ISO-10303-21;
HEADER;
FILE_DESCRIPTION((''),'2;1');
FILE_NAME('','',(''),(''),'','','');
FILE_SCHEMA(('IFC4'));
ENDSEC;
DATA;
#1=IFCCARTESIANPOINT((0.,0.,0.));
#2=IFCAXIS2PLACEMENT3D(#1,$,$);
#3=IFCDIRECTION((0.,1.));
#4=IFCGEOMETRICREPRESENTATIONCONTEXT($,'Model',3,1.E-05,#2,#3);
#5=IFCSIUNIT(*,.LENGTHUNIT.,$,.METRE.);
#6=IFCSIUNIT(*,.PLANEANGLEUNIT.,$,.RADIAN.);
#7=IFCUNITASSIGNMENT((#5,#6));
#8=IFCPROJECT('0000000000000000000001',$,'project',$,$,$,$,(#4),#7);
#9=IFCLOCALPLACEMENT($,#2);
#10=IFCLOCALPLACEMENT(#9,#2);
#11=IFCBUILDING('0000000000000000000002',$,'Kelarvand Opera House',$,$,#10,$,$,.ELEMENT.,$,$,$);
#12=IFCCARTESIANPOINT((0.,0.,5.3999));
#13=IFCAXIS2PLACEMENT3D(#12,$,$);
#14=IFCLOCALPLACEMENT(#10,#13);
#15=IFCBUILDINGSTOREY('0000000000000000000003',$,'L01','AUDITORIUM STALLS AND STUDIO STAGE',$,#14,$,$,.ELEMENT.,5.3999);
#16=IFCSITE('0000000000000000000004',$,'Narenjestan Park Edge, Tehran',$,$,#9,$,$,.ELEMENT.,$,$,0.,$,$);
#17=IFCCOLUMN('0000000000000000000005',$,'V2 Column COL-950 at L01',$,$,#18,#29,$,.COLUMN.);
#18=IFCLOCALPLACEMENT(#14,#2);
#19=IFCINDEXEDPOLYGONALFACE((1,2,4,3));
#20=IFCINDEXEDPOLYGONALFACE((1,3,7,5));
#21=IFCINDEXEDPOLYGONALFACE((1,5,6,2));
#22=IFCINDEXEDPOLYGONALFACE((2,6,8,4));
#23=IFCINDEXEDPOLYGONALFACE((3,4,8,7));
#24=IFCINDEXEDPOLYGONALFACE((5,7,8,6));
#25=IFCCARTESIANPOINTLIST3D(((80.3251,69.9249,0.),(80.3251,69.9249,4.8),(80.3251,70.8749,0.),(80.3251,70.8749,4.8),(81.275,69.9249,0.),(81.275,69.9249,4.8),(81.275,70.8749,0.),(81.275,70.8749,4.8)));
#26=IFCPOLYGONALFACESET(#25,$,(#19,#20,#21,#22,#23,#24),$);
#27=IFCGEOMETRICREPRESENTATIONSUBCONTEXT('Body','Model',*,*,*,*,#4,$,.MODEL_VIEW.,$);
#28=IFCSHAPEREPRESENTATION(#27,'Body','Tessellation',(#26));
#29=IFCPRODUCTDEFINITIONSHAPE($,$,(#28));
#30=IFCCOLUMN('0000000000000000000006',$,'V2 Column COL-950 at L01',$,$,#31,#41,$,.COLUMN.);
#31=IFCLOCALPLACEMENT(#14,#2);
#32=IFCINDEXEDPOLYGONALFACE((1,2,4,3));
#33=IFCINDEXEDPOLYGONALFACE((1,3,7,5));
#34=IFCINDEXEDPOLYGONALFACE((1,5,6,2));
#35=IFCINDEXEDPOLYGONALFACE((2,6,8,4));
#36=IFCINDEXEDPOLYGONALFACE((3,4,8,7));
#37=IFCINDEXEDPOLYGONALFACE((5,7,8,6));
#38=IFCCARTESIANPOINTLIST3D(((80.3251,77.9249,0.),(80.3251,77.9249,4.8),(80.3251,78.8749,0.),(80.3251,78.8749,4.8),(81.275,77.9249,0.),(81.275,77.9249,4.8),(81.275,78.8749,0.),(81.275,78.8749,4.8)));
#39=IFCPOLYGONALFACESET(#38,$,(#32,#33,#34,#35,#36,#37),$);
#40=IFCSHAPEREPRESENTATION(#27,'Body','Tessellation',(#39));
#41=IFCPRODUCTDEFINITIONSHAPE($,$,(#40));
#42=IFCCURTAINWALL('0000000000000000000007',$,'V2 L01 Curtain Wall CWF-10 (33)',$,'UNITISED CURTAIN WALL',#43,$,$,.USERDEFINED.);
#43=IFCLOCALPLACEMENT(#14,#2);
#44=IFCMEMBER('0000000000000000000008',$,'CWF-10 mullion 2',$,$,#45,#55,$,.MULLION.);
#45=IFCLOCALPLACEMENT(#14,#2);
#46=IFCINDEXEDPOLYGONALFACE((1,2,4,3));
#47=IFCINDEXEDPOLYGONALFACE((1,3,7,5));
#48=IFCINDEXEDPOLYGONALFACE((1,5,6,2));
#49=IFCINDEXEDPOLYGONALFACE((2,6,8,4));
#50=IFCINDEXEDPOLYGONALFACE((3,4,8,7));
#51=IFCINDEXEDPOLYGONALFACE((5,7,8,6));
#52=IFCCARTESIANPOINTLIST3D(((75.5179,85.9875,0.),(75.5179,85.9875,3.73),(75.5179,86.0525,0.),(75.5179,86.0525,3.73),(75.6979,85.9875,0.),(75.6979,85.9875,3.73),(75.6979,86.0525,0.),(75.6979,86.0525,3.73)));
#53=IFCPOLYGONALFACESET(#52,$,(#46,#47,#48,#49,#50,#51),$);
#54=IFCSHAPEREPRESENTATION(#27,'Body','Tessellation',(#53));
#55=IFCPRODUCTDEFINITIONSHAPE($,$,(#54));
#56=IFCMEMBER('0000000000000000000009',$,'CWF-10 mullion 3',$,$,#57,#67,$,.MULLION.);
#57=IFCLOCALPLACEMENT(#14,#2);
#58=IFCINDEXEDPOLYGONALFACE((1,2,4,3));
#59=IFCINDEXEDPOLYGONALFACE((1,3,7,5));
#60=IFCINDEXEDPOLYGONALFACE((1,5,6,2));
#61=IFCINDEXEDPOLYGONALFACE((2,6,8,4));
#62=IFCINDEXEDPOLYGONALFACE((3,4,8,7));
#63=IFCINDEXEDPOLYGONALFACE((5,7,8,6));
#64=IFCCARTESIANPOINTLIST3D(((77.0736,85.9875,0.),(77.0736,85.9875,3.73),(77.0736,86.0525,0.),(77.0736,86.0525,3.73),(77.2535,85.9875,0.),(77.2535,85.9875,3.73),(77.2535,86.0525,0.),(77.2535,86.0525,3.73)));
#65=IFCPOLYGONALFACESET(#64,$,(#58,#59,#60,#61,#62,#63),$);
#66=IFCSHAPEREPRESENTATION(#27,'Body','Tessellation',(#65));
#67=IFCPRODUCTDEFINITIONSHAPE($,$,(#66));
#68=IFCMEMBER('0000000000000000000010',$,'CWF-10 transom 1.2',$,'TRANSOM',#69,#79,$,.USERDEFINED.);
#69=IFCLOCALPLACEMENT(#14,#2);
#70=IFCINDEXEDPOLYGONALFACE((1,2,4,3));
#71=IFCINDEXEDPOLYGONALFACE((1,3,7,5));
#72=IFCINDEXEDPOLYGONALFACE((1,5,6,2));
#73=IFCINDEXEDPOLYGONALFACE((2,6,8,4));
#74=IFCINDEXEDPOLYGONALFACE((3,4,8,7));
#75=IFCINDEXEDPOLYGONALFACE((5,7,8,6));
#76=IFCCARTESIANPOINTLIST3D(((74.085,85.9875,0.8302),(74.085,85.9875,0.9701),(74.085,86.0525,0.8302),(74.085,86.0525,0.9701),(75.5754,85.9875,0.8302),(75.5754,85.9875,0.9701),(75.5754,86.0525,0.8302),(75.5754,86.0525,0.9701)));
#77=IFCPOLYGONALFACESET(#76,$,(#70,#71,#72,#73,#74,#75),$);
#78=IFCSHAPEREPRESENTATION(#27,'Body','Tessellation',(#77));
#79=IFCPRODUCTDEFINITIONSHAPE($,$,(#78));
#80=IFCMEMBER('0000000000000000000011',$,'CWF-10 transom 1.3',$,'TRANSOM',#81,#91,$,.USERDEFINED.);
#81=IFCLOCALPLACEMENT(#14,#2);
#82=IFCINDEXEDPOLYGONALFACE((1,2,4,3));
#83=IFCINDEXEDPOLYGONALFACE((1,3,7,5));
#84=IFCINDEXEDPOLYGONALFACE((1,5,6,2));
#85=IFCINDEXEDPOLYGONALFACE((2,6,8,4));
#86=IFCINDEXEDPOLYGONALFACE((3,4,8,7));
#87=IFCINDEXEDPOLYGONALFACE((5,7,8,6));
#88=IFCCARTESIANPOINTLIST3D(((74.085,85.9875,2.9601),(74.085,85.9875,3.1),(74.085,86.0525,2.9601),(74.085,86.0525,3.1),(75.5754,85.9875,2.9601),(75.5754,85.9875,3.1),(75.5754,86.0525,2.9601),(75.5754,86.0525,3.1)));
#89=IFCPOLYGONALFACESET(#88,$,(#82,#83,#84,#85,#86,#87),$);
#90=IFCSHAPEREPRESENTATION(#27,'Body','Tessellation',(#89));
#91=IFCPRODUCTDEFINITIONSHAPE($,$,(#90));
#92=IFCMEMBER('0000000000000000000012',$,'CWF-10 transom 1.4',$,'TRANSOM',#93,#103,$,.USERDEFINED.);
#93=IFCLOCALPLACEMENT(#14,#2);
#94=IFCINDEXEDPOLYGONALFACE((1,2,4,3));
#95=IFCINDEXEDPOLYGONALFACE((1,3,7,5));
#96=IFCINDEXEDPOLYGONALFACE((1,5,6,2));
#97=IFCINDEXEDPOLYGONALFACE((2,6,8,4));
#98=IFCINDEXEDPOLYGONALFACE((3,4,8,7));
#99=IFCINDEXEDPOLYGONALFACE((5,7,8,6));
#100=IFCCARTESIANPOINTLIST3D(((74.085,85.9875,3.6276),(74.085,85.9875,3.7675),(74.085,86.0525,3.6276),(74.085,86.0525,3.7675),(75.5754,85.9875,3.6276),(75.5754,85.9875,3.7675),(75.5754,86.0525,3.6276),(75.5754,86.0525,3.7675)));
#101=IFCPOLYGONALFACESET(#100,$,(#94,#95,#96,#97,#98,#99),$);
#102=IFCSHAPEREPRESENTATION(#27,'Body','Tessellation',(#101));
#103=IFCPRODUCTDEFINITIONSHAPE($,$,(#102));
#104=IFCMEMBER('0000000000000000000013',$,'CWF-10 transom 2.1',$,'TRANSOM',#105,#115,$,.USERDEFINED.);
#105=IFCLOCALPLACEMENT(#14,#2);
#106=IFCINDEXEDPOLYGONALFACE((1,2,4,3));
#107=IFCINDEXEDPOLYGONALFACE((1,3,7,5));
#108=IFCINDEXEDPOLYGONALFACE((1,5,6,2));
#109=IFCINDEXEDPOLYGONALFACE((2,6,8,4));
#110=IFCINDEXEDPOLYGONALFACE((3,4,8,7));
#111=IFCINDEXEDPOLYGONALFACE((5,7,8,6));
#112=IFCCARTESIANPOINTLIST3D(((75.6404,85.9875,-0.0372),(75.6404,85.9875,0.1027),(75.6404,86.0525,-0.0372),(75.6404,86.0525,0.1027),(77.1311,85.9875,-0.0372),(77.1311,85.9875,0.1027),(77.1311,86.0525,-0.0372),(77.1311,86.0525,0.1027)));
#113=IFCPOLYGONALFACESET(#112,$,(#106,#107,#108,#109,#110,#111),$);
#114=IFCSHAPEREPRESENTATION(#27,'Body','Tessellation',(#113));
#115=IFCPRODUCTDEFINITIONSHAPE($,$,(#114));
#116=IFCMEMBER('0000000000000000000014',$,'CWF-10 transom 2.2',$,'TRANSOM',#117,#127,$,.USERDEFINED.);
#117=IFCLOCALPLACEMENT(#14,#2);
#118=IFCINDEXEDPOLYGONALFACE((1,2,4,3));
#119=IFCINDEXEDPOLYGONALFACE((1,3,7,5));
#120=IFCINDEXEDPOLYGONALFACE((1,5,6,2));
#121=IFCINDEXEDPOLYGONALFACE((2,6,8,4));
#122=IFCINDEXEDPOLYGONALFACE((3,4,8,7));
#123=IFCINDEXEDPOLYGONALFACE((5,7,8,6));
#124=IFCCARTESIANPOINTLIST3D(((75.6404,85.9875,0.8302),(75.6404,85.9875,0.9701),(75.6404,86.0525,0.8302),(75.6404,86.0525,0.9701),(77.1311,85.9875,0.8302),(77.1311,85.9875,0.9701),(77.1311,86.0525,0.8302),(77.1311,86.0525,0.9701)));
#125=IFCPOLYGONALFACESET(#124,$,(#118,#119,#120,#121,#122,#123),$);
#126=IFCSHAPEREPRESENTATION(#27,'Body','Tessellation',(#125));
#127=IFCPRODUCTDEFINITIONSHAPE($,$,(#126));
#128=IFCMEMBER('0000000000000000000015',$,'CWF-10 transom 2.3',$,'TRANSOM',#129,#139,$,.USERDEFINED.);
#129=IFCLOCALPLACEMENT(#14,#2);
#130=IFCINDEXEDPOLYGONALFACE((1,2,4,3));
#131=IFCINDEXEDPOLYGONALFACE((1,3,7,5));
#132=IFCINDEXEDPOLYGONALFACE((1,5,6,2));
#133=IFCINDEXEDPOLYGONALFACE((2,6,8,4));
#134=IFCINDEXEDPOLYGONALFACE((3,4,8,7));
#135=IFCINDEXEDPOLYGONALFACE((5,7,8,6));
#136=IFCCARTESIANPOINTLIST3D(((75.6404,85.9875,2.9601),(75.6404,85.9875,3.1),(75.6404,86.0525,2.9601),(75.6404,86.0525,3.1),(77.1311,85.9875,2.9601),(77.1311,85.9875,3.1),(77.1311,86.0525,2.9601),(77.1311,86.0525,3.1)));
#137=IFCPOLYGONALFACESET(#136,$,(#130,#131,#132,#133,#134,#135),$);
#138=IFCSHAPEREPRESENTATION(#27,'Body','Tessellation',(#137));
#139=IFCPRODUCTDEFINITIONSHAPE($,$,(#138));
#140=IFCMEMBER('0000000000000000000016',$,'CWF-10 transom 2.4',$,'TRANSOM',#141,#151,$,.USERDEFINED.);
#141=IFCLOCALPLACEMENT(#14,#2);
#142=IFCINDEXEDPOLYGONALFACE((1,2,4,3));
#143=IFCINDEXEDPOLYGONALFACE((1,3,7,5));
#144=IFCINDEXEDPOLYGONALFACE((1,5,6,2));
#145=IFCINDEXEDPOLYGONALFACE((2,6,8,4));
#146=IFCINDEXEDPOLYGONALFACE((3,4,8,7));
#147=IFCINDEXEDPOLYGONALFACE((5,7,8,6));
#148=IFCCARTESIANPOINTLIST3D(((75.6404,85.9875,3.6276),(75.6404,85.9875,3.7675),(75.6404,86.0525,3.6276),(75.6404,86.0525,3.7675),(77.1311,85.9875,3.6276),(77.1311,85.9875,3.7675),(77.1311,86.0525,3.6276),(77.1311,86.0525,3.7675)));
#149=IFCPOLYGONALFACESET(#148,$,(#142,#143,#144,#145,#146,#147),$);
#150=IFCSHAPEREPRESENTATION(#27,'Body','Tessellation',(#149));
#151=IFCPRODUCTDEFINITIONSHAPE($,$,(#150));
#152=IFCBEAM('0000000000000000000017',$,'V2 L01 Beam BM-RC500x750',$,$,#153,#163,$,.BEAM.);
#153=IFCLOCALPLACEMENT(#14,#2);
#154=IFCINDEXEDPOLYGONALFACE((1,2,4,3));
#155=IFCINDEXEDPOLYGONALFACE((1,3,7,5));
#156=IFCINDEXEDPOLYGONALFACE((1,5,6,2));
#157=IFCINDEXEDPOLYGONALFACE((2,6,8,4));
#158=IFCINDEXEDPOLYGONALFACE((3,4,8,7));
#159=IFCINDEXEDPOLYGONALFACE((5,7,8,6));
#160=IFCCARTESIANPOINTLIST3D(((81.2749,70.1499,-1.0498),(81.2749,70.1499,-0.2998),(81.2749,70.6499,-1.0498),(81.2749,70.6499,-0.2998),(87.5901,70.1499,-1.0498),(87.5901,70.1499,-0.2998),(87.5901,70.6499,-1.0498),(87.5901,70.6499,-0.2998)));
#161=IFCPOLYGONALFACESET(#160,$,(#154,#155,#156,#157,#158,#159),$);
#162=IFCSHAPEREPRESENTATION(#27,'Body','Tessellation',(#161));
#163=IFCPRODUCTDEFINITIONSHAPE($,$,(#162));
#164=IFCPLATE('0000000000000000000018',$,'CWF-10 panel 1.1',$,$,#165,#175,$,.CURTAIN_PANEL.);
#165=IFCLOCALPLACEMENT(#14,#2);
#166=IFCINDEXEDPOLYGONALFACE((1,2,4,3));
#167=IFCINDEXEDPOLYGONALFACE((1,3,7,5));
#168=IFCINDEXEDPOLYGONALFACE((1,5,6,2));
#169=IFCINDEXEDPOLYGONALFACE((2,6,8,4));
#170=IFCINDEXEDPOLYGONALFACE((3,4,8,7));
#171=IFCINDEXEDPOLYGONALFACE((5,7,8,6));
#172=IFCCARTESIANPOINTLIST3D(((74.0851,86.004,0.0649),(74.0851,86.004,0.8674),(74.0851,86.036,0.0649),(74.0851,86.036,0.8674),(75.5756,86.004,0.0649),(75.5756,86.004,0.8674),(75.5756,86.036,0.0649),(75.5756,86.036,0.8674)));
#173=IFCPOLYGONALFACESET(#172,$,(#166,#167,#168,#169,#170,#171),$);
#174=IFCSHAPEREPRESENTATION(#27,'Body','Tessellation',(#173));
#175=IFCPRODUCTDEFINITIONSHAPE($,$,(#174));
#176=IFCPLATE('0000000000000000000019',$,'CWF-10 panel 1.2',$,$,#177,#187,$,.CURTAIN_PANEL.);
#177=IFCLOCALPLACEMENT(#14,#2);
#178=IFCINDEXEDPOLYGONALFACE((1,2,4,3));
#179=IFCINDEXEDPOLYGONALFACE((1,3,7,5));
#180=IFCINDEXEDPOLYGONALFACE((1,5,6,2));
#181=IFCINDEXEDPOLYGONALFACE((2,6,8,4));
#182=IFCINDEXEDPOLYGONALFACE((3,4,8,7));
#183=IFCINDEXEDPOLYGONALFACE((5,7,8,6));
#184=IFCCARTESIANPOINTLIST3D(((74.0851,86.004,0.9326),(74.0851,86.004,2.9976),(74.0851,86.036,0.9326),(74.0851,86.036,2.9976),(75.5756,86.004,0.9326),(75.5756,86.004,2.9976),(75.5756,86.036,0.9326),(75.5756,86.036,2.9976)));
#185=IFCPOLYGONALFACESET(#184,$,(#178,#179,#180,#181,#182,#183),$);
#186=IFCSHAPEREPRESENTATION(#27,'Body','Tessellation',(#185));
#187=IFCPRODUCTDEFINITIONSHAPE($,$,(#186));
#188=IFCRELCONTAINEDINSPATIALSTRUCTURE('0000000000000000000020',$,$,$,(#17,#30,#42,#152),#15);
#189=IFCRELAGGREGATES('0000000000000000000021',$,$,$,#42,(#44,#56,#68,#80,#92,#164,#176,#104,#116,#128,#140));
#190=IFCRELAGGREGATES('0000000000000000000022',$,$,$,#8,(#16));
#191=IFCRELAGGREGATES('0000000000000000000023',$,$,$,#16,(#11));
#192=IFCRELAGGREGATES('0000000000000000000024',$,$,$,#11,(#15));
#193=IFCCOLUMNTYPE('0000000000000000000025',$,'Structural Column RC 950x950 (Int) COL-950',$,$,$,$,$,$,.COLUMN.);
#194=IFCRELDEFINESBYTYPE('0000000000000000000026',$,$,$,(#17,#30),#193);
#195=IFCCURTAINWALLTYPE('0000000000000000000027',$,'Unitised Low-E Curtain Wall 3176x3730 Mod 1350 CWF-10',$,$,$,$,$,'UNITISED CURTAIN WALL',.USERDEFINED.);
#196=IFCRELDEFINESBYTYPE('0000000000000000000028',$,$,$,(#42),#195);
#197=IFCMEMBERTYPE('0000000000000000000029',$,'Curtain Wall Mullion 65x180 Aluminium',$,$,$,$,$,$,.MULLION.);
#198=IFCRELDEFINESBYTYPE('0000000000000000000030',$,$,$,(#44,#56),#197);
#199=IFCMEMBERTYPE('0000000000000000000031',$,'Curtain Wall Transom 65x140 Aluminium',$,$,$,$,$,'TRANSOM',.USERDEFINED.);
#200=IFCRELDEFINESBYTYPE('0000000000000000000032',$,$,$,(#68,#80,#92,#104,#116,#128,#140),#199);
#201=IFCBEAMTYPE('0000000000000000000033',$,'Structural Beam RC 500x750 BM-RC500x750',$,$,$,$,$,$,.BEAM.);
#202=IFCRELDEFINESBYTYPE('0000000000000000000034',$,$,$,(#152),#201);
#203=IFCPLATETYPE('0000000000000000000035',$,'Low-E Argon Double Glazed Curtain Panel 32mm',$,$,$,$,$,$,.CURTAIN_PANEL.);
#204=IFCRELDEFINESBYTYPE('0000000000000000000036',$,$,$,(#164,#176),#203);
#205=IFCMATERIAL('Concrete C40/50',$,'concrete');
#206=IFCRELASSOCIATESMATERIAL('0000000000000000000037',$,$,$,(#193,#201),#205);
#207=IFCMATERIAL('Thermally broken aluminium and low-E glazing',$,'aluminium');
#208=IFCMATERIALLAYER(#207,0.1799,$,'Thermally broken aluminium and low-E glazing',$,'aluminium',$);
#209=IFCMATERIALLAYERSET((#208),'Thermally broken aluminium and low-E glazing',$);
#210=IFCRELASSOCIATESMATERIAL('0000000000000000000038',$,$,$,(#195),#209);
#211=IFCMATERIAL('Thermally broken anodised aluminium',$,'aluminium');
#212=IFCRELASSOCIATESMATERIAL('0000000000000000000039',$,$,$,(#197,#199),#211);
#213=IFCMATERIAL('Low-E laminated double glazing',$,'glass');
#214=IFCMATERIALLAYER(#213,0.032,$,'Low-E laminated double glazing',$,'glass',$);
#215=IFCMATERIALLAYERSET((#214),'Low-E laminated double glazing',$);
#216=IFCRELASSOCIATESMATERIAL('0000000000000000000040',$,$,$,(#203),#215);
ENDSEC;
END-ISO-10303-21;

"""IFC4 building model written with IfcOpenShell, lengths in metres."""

from ifc_helpers import new_model, si_unit, direction, frame, origin, origin_2d, place, context, subcontext, project, spatial, rectangle, extrude, material, layer, layer_set, material_profile, profile_set, type_object, element, aggregate, save


model = new_model("IFC4")

# Units and contexts
model_context = context("Model", 3, precision=1e-05, world=origin(), true_north=direction((0.0, 1.0)))
body_context = subcontext(model_context, "Body", "Model", "MODEL_VIEW")
ifc_project = project(units=[si_unit("LENGTHUNIT", "METRE"), si_unit("PLANEANGLEUNIT", "RADIAN")], contexts=[model_context])

# Site, building, storey
site_placement = place(None, origin())
site = spatial("IfcSite", under=ifc_project, at=site_placement, Name="Narenjestan Park Edge, Tehran", CompositionType="ELEMENT", RefElevation=0.0)
building_placement = place(site_placement, origin())
building = spatial("IfcBuilding", under=site, at=building_placement, Name="Kelarvand Opera House", CompositionType="ELEMENT")
storey_placement = place(building_placement, frame((0.0, 0.0, 5.3999)))
storey = spatial("IfcBuildingStorey", under=building, at=storey_placement, Name="L01", Description="AUDITORIUM STALLS AND STUDIO STAGE", CompositionType="ELEMENT", Elevation=5.3999)

# Columns
ifc_material_1 = material(Name="Concrete C40/50", Category="concrete")
ifc_material_profile_1 = material_profile(ifc_material_1, rectangle(XDim=0.95, YDim=0.95, at=origin_2d()), Name="RC 950x950", Category="concrete")
ifc_profile_set_1 = profile_set([ifc_material_profile_1], Name="Concrete C40/50")
column_type = type_object("IfcColumnType", Name="Structural Column RC 950x950 (Int) COL-950", PredefinedType="COLUMN", material=ifc_profile_set_1)
for number, where, z_axis, x_axis, name in (
    (1, (80.8, 70.3999, 0.0), (0.0, 0.0, 1.0), (1.0, 0.0, 0.0), "V2 Column COL-950 at L01"),
    (2, (80.8, 78.3999, 0.0), (0.0, 0.0, 1.0), (1.0, 0.0, 0.0), "V2 Column COL-950 at L01"),
):
    element("IfcColumn", number, at=place(storey_placement, frame(where, z_axis=z_axis, x_axis=x_axis)), inside=storey, type_object=column_type, Name=name, PredefinedType="COLUMN", context=body_context, shape_type="SweptSolid", body=[
        extrude(rectangle(XDim=0.95, YDim=0.95, at=origin_2d()), origin(), (0.0, 0.0, 1.0), 4.8),
    ])

# Curtain wall, members
ifc_material_2 = material(Name="Thermally broken aluminium and low-E glazing", Category="aluminium")
ifc_layer_1 = layer(ifc_material_2, 0.1799, Name="Thermally broken aluminium and low-E glazing", Category="aluminium")
ifc_layer_set_1 = layer_set([ifc_layer_1], Name="Thermally broken aluminium and low-E glazing")
curtain_wall_type = type_object("IfcCurtainWallType", Name="Unitised Low-E Curtain Wall 3176x3730 Mod 1350 CWF-10", ElementType="UNITISED CURTAIN WALL", PredefinedType="USERDEFINED", material=ifc_layer_set_1)
curtain_wall_placement = place(storey_placement, origin())
curtain_wall = element("IfcCurtainWall", 3, at=curtain_wall_placement, inside=storey, type_object=curtain_wall_type, Name="V2 L01 Curtain Wall CWF-10 (33)", ObjectType="UNITISED CURTAIN WALL", PredefinedType="USERDEFINED")
ifc_material_3 = material(Name="Thermally broken anodised aluminium", Category="aluminium")
ifc_material_profile_2 = material_profile(ifc_material_3, rectangle(XDim=0.0649, YDim=0.1799, at=origin_2d()), Name="ALU MULLION 65x180", Category="aluminium")
ifc_profile_set_2 = profile_set([ifc_material_profile_2], Name="Thermally broken anodised aluminium")
member_type_1 = type_object("IfcMemberType", Name="Curtain Wall Mullion 65x180 Aluminium", PredefinedType="MULLION", material=ifc_profile_set_2)
member_1_placement = place(storey_placement, frame((75.6079, 86.02, 0.0), z_axis=(0.0, 0.0, 1.0), x_axis=(0.0, 1.0, 0.0)))
member_1 = element("IfcMember", 4, at=member_1_placement, type_object=member_type_1, Name="CWF-10 mullion 2", PredefinedType="MULLION", context=body_context, shape_type="SweptSolid", body=[
    extrude(rectangle(XDim=0.0649, YDim=0.1799, at=origin_2d()), origin(), (0.0, 0.0, 1.0), 3.73),
])
member_2_placement = place(storey_placement, frame((77.1636, 86.02, 0.0), z_axis=(0.0, 0.0, 1.0), x_axis=(0.0, 1.0, 0.0)))
member_2 = element("IfcMember", 5, at=member_2_placement, type_object=member_type_1, Name="CWF-10 mullion 3", PredefinedType="MULLION", context=body_context, shape_type="SweptSolid", body=[
    extrude(rectangle(XDim=0.0649, YDim=0.1799, at=origin_2d()), origin(), (0.0, 0.0, 1.0), 3.73),
])
ifc_material_profile_3 = material_profile(ifc_material_3, rectangle(XDim=0.0649, YDim=0.1399, at=origin_2d()), Name="ALU TRANSOM 65x140", Category="aluminium")
ifc_profile_set_3 = profile_set([ifc_material_profile_3], Name="Thermally broken anodised aluminium")
member_type_2 = type_object("IfcMemberType", Name="Curtain Wall Transom 65x140 Aluminium", ElementType="TRANSOM", PredefinedType="USERDEFINED", material=ifc_profile_set_3)
member_3_placement = place(storey_placement, frame((74.085, 86.02, 0.9001), z_axis=(1.0, 0.0, 0.0), x_axis=(0.0, 1.0, 0.0)))
member_3 = element("IfcMember", 6, at=member_3_placement, type_object=member_type_2, Name="CWF-10 transom 1.2", ObjectType="TRANSOM", PredefinedType="USERDEFINED", context=body_context, shape_type="SweptSolid", body=[
    extrude(rectangle(XDim=0.0649, YDim=0.1399, at=origin_2d()), origin(), (0.0, 0.0, 1.0), 1.4905),
])
member_4_placement = place(storey_placement, frame((74.085, 86.02, 3.03), z_axis=(1.0, 0.0, 0.0), x_axis=(0.0, 1.0, 0.0)))
member_4 = element("IfcMember", 7, at=member_4_placement, type_object=member_type_2, Name="CWF-10 transom 1.3", ObjectType="TRANSOM", PredefinedType="USERDEFINED", context=body_context, shape_type="SweptSolid", body=[
    extrude(rectangle(XDim=0.0649, YDim=0.1399, at=origin_2d()), origin(), (0.0, 0.0, 1.0), 1.4905),
])
member_5_placement = place(storey_placement, frame((74.085, 86.02, 3.6975), z_axis=(1.0, 0.0, 0.0), x_axis=(0.0, 1.0, 0.0)))
member_5 = element("IfcMember", 8, at=member_5_placement, type_object=member_type_2, Name="CWF-10 transom 1.4", ObjectType="TRANSOM", PredefinedType="USERDEFINED", context=body_context, shape_type="SweptSolid", body=[
    extrude(rectangle(XDim=0.0649, YDim=0.1399, at=origin_2d()), origin(), (0.0, 0.0, 1.0), 1.4905),
])
member_6_placement = place(storey_placement, frame((75.6404, 86.02, 0.0327), z_axis=(1.0, 0.0, 0.0), x_axis=(0.0, 1.0, 0.0)))
member_6 = element("IfcMember", 9, at=member_6_placement, type_object=member_type_2, Name="CWF-10 transom 2.1", ObjectType="TRANSOM", PredefinedType="USERDEFINED", context=body_context, shape_type="SweptSolid", body=[
    extrude(rectangle(XDim=0.0649, YDim=0.1399, at=origin_2d()), origin(), (0.0, 0.0, 1.0), 1.4907),
])
member_7_placement = place(storey_placement, frame((75.6404, 86.02, 0.9001), z_axis=(1.0, 0.0, 0.0), x_axis=(0.0, 1.0, 0.0)))
member_7 = element("IfcMember", 10, at=member_7_placement, type_object=member_type_2, Name="CWF-10 transom 2.2", ObjectType="TRANSOM", PredefinedType="USERDEFINED", context=body_context, shape_type="SweptSolid", body=[
    extrude(rectangle(XDim=0.0649, YDim=0.1399, at=origin_2d()), origin(), (0.0, 0.0, 1.0), 1.4907),
])
member_8_placement = place(storey_placement, frame((75.6404, 86.02, 3.03), z_axis=(1.0, 0.0, 0.0), x_axis=(0.0, 1.0, 0.0)))
member_8 = element("IfcMember", 11, at=member_8_placement, type_object=member_type_2, Name="CWF-10 transom 2.3", ObjectType="TRANSOM", PredefinedType="USERDEFINED", context=body_context, shape_type="SweptSolid", body=[
    extrude(rectangle(XDim=0.0649, YDim=0.1399, at=origin_2d()), origin(), (0.0, 0.0, 1.0), 1.4907),
])
member_9_placement = place(storey_placement, frame((75.6404, 86.02, 3.6975), z_axis=(1.0, 0.0, 0.0), x_axis=(0.0, 1.0, 0.0)))
member_9 = element("IfcMember", 12, at=member_9_placement, type_object=member_type_2, Name="CWF-10 transom 2.4", ObjectType="TRANSOM", PredefinedType="USERDEFINED", context=body_context, shape_type="SweptSolid", body=[
    extrude(rectangle(XDim=0.0649, YDim=0.1399, at=origin_2d()), origin(), (0.0, 0.0, 1.0), 1.4907),
])

# Beam
ifc_material_profile_4 = material_profile(ifc_material_1, rectangle(XDim=0.5, YDim=0.75, at=origin_2d()), Name="RC 500x750", Category="concrete")
ifc_profile_set_4 = profile_set([ifc_material_profile_4], Name="Concrete C40/50")
beam_type = type_object("IfcBeamType", Name="Structural Beam RC 500x750 BM-RC500x750", PredefinedType="BEAM", material=ifc_profile_set_4)
beam_placement = place(storey_placement, frame((81.2749, 70.3999, -0.6748), z_axis=(1.0, 0.0, 0.0), x_axis=(0.0, 1.0, 0.0)))
element("IfcBeam", 13, at=beam_placement, inside=storey, type_object=beam_type, Name="V2 L01 Beam BM-RC500x750", PredefinedType="BEAM", context=body_context, shape_type="SweptSolid", body=[
    extrude(rectangle(XDim=0.5, YDim=0.75, at=origin_2d()), origin(), (0.0, 0.0, 1.0), 6.3152),
])

# Plates
ifc_material_4 = material(Name="Low-E laminated double glazing", Category="glass")
ifc_layer_2 = layer(ifc_material_4, 0.032, Name="Low-E laminated double glazing", Category="glass")
ifc_layer_set_2 = layer_set([ifc_layer_2], Name="Low-E laminated double glazing")
plate_type = type_object("IfcPlateType", Name="Low-E Argon Double Glazed Curtain Panel 32mm", PredefinedType="CURTAIN_PANEL", material=ifc_layer_set_2)
plate_1_placement = place(storey_placement, frame((74.8303, 86.02, 0.0649), z_axis=(0.0, 0.0, 1.0), x_axis=(1.0, 0.0, 0.0)))
plate_1 = element("IfcPlate", 14, at=plate_1_placement, type_object=plate_type, Name="CWF-10 panel 1.1", PredefinedType="CURTAIN_PANEL", context=body_context, shape_type="SweptSolid", body=[
    extrude(rectangle(XDim=1.4905, YDim=0.032, at=origin_2d()), origin(), (0.0, 0.0, 1.0), 0.8025),
])
plate_2_placement = place(storey_placement, frame((74.8303, 86.02, 0.9326), z_axis=(0.0, 0.0, 1.0), x_axis=(1.0, 0.0, 0.0)))
plate_2 = element("IfcPlate", 15, at=plate_2_placement, type_object=plate_type, Name="CWF-10 panel 1.2", PredefinedType="CURTAIN_PANEL", context=body_context, shape_type="SweptSolid", body=[
    extrude(rectangle(XDim=1.4905, YDim=0.032, at=origin_2d()), origin(), (0.0, 0.0, 1.0), 2.0649),
])
aggregate(curtain_wall, [member_1, member_2, member_3, member_4, member_5, plate_1, plate_2, member_6, member_7, member_8, member_9])

save(model, "model.ifc")
